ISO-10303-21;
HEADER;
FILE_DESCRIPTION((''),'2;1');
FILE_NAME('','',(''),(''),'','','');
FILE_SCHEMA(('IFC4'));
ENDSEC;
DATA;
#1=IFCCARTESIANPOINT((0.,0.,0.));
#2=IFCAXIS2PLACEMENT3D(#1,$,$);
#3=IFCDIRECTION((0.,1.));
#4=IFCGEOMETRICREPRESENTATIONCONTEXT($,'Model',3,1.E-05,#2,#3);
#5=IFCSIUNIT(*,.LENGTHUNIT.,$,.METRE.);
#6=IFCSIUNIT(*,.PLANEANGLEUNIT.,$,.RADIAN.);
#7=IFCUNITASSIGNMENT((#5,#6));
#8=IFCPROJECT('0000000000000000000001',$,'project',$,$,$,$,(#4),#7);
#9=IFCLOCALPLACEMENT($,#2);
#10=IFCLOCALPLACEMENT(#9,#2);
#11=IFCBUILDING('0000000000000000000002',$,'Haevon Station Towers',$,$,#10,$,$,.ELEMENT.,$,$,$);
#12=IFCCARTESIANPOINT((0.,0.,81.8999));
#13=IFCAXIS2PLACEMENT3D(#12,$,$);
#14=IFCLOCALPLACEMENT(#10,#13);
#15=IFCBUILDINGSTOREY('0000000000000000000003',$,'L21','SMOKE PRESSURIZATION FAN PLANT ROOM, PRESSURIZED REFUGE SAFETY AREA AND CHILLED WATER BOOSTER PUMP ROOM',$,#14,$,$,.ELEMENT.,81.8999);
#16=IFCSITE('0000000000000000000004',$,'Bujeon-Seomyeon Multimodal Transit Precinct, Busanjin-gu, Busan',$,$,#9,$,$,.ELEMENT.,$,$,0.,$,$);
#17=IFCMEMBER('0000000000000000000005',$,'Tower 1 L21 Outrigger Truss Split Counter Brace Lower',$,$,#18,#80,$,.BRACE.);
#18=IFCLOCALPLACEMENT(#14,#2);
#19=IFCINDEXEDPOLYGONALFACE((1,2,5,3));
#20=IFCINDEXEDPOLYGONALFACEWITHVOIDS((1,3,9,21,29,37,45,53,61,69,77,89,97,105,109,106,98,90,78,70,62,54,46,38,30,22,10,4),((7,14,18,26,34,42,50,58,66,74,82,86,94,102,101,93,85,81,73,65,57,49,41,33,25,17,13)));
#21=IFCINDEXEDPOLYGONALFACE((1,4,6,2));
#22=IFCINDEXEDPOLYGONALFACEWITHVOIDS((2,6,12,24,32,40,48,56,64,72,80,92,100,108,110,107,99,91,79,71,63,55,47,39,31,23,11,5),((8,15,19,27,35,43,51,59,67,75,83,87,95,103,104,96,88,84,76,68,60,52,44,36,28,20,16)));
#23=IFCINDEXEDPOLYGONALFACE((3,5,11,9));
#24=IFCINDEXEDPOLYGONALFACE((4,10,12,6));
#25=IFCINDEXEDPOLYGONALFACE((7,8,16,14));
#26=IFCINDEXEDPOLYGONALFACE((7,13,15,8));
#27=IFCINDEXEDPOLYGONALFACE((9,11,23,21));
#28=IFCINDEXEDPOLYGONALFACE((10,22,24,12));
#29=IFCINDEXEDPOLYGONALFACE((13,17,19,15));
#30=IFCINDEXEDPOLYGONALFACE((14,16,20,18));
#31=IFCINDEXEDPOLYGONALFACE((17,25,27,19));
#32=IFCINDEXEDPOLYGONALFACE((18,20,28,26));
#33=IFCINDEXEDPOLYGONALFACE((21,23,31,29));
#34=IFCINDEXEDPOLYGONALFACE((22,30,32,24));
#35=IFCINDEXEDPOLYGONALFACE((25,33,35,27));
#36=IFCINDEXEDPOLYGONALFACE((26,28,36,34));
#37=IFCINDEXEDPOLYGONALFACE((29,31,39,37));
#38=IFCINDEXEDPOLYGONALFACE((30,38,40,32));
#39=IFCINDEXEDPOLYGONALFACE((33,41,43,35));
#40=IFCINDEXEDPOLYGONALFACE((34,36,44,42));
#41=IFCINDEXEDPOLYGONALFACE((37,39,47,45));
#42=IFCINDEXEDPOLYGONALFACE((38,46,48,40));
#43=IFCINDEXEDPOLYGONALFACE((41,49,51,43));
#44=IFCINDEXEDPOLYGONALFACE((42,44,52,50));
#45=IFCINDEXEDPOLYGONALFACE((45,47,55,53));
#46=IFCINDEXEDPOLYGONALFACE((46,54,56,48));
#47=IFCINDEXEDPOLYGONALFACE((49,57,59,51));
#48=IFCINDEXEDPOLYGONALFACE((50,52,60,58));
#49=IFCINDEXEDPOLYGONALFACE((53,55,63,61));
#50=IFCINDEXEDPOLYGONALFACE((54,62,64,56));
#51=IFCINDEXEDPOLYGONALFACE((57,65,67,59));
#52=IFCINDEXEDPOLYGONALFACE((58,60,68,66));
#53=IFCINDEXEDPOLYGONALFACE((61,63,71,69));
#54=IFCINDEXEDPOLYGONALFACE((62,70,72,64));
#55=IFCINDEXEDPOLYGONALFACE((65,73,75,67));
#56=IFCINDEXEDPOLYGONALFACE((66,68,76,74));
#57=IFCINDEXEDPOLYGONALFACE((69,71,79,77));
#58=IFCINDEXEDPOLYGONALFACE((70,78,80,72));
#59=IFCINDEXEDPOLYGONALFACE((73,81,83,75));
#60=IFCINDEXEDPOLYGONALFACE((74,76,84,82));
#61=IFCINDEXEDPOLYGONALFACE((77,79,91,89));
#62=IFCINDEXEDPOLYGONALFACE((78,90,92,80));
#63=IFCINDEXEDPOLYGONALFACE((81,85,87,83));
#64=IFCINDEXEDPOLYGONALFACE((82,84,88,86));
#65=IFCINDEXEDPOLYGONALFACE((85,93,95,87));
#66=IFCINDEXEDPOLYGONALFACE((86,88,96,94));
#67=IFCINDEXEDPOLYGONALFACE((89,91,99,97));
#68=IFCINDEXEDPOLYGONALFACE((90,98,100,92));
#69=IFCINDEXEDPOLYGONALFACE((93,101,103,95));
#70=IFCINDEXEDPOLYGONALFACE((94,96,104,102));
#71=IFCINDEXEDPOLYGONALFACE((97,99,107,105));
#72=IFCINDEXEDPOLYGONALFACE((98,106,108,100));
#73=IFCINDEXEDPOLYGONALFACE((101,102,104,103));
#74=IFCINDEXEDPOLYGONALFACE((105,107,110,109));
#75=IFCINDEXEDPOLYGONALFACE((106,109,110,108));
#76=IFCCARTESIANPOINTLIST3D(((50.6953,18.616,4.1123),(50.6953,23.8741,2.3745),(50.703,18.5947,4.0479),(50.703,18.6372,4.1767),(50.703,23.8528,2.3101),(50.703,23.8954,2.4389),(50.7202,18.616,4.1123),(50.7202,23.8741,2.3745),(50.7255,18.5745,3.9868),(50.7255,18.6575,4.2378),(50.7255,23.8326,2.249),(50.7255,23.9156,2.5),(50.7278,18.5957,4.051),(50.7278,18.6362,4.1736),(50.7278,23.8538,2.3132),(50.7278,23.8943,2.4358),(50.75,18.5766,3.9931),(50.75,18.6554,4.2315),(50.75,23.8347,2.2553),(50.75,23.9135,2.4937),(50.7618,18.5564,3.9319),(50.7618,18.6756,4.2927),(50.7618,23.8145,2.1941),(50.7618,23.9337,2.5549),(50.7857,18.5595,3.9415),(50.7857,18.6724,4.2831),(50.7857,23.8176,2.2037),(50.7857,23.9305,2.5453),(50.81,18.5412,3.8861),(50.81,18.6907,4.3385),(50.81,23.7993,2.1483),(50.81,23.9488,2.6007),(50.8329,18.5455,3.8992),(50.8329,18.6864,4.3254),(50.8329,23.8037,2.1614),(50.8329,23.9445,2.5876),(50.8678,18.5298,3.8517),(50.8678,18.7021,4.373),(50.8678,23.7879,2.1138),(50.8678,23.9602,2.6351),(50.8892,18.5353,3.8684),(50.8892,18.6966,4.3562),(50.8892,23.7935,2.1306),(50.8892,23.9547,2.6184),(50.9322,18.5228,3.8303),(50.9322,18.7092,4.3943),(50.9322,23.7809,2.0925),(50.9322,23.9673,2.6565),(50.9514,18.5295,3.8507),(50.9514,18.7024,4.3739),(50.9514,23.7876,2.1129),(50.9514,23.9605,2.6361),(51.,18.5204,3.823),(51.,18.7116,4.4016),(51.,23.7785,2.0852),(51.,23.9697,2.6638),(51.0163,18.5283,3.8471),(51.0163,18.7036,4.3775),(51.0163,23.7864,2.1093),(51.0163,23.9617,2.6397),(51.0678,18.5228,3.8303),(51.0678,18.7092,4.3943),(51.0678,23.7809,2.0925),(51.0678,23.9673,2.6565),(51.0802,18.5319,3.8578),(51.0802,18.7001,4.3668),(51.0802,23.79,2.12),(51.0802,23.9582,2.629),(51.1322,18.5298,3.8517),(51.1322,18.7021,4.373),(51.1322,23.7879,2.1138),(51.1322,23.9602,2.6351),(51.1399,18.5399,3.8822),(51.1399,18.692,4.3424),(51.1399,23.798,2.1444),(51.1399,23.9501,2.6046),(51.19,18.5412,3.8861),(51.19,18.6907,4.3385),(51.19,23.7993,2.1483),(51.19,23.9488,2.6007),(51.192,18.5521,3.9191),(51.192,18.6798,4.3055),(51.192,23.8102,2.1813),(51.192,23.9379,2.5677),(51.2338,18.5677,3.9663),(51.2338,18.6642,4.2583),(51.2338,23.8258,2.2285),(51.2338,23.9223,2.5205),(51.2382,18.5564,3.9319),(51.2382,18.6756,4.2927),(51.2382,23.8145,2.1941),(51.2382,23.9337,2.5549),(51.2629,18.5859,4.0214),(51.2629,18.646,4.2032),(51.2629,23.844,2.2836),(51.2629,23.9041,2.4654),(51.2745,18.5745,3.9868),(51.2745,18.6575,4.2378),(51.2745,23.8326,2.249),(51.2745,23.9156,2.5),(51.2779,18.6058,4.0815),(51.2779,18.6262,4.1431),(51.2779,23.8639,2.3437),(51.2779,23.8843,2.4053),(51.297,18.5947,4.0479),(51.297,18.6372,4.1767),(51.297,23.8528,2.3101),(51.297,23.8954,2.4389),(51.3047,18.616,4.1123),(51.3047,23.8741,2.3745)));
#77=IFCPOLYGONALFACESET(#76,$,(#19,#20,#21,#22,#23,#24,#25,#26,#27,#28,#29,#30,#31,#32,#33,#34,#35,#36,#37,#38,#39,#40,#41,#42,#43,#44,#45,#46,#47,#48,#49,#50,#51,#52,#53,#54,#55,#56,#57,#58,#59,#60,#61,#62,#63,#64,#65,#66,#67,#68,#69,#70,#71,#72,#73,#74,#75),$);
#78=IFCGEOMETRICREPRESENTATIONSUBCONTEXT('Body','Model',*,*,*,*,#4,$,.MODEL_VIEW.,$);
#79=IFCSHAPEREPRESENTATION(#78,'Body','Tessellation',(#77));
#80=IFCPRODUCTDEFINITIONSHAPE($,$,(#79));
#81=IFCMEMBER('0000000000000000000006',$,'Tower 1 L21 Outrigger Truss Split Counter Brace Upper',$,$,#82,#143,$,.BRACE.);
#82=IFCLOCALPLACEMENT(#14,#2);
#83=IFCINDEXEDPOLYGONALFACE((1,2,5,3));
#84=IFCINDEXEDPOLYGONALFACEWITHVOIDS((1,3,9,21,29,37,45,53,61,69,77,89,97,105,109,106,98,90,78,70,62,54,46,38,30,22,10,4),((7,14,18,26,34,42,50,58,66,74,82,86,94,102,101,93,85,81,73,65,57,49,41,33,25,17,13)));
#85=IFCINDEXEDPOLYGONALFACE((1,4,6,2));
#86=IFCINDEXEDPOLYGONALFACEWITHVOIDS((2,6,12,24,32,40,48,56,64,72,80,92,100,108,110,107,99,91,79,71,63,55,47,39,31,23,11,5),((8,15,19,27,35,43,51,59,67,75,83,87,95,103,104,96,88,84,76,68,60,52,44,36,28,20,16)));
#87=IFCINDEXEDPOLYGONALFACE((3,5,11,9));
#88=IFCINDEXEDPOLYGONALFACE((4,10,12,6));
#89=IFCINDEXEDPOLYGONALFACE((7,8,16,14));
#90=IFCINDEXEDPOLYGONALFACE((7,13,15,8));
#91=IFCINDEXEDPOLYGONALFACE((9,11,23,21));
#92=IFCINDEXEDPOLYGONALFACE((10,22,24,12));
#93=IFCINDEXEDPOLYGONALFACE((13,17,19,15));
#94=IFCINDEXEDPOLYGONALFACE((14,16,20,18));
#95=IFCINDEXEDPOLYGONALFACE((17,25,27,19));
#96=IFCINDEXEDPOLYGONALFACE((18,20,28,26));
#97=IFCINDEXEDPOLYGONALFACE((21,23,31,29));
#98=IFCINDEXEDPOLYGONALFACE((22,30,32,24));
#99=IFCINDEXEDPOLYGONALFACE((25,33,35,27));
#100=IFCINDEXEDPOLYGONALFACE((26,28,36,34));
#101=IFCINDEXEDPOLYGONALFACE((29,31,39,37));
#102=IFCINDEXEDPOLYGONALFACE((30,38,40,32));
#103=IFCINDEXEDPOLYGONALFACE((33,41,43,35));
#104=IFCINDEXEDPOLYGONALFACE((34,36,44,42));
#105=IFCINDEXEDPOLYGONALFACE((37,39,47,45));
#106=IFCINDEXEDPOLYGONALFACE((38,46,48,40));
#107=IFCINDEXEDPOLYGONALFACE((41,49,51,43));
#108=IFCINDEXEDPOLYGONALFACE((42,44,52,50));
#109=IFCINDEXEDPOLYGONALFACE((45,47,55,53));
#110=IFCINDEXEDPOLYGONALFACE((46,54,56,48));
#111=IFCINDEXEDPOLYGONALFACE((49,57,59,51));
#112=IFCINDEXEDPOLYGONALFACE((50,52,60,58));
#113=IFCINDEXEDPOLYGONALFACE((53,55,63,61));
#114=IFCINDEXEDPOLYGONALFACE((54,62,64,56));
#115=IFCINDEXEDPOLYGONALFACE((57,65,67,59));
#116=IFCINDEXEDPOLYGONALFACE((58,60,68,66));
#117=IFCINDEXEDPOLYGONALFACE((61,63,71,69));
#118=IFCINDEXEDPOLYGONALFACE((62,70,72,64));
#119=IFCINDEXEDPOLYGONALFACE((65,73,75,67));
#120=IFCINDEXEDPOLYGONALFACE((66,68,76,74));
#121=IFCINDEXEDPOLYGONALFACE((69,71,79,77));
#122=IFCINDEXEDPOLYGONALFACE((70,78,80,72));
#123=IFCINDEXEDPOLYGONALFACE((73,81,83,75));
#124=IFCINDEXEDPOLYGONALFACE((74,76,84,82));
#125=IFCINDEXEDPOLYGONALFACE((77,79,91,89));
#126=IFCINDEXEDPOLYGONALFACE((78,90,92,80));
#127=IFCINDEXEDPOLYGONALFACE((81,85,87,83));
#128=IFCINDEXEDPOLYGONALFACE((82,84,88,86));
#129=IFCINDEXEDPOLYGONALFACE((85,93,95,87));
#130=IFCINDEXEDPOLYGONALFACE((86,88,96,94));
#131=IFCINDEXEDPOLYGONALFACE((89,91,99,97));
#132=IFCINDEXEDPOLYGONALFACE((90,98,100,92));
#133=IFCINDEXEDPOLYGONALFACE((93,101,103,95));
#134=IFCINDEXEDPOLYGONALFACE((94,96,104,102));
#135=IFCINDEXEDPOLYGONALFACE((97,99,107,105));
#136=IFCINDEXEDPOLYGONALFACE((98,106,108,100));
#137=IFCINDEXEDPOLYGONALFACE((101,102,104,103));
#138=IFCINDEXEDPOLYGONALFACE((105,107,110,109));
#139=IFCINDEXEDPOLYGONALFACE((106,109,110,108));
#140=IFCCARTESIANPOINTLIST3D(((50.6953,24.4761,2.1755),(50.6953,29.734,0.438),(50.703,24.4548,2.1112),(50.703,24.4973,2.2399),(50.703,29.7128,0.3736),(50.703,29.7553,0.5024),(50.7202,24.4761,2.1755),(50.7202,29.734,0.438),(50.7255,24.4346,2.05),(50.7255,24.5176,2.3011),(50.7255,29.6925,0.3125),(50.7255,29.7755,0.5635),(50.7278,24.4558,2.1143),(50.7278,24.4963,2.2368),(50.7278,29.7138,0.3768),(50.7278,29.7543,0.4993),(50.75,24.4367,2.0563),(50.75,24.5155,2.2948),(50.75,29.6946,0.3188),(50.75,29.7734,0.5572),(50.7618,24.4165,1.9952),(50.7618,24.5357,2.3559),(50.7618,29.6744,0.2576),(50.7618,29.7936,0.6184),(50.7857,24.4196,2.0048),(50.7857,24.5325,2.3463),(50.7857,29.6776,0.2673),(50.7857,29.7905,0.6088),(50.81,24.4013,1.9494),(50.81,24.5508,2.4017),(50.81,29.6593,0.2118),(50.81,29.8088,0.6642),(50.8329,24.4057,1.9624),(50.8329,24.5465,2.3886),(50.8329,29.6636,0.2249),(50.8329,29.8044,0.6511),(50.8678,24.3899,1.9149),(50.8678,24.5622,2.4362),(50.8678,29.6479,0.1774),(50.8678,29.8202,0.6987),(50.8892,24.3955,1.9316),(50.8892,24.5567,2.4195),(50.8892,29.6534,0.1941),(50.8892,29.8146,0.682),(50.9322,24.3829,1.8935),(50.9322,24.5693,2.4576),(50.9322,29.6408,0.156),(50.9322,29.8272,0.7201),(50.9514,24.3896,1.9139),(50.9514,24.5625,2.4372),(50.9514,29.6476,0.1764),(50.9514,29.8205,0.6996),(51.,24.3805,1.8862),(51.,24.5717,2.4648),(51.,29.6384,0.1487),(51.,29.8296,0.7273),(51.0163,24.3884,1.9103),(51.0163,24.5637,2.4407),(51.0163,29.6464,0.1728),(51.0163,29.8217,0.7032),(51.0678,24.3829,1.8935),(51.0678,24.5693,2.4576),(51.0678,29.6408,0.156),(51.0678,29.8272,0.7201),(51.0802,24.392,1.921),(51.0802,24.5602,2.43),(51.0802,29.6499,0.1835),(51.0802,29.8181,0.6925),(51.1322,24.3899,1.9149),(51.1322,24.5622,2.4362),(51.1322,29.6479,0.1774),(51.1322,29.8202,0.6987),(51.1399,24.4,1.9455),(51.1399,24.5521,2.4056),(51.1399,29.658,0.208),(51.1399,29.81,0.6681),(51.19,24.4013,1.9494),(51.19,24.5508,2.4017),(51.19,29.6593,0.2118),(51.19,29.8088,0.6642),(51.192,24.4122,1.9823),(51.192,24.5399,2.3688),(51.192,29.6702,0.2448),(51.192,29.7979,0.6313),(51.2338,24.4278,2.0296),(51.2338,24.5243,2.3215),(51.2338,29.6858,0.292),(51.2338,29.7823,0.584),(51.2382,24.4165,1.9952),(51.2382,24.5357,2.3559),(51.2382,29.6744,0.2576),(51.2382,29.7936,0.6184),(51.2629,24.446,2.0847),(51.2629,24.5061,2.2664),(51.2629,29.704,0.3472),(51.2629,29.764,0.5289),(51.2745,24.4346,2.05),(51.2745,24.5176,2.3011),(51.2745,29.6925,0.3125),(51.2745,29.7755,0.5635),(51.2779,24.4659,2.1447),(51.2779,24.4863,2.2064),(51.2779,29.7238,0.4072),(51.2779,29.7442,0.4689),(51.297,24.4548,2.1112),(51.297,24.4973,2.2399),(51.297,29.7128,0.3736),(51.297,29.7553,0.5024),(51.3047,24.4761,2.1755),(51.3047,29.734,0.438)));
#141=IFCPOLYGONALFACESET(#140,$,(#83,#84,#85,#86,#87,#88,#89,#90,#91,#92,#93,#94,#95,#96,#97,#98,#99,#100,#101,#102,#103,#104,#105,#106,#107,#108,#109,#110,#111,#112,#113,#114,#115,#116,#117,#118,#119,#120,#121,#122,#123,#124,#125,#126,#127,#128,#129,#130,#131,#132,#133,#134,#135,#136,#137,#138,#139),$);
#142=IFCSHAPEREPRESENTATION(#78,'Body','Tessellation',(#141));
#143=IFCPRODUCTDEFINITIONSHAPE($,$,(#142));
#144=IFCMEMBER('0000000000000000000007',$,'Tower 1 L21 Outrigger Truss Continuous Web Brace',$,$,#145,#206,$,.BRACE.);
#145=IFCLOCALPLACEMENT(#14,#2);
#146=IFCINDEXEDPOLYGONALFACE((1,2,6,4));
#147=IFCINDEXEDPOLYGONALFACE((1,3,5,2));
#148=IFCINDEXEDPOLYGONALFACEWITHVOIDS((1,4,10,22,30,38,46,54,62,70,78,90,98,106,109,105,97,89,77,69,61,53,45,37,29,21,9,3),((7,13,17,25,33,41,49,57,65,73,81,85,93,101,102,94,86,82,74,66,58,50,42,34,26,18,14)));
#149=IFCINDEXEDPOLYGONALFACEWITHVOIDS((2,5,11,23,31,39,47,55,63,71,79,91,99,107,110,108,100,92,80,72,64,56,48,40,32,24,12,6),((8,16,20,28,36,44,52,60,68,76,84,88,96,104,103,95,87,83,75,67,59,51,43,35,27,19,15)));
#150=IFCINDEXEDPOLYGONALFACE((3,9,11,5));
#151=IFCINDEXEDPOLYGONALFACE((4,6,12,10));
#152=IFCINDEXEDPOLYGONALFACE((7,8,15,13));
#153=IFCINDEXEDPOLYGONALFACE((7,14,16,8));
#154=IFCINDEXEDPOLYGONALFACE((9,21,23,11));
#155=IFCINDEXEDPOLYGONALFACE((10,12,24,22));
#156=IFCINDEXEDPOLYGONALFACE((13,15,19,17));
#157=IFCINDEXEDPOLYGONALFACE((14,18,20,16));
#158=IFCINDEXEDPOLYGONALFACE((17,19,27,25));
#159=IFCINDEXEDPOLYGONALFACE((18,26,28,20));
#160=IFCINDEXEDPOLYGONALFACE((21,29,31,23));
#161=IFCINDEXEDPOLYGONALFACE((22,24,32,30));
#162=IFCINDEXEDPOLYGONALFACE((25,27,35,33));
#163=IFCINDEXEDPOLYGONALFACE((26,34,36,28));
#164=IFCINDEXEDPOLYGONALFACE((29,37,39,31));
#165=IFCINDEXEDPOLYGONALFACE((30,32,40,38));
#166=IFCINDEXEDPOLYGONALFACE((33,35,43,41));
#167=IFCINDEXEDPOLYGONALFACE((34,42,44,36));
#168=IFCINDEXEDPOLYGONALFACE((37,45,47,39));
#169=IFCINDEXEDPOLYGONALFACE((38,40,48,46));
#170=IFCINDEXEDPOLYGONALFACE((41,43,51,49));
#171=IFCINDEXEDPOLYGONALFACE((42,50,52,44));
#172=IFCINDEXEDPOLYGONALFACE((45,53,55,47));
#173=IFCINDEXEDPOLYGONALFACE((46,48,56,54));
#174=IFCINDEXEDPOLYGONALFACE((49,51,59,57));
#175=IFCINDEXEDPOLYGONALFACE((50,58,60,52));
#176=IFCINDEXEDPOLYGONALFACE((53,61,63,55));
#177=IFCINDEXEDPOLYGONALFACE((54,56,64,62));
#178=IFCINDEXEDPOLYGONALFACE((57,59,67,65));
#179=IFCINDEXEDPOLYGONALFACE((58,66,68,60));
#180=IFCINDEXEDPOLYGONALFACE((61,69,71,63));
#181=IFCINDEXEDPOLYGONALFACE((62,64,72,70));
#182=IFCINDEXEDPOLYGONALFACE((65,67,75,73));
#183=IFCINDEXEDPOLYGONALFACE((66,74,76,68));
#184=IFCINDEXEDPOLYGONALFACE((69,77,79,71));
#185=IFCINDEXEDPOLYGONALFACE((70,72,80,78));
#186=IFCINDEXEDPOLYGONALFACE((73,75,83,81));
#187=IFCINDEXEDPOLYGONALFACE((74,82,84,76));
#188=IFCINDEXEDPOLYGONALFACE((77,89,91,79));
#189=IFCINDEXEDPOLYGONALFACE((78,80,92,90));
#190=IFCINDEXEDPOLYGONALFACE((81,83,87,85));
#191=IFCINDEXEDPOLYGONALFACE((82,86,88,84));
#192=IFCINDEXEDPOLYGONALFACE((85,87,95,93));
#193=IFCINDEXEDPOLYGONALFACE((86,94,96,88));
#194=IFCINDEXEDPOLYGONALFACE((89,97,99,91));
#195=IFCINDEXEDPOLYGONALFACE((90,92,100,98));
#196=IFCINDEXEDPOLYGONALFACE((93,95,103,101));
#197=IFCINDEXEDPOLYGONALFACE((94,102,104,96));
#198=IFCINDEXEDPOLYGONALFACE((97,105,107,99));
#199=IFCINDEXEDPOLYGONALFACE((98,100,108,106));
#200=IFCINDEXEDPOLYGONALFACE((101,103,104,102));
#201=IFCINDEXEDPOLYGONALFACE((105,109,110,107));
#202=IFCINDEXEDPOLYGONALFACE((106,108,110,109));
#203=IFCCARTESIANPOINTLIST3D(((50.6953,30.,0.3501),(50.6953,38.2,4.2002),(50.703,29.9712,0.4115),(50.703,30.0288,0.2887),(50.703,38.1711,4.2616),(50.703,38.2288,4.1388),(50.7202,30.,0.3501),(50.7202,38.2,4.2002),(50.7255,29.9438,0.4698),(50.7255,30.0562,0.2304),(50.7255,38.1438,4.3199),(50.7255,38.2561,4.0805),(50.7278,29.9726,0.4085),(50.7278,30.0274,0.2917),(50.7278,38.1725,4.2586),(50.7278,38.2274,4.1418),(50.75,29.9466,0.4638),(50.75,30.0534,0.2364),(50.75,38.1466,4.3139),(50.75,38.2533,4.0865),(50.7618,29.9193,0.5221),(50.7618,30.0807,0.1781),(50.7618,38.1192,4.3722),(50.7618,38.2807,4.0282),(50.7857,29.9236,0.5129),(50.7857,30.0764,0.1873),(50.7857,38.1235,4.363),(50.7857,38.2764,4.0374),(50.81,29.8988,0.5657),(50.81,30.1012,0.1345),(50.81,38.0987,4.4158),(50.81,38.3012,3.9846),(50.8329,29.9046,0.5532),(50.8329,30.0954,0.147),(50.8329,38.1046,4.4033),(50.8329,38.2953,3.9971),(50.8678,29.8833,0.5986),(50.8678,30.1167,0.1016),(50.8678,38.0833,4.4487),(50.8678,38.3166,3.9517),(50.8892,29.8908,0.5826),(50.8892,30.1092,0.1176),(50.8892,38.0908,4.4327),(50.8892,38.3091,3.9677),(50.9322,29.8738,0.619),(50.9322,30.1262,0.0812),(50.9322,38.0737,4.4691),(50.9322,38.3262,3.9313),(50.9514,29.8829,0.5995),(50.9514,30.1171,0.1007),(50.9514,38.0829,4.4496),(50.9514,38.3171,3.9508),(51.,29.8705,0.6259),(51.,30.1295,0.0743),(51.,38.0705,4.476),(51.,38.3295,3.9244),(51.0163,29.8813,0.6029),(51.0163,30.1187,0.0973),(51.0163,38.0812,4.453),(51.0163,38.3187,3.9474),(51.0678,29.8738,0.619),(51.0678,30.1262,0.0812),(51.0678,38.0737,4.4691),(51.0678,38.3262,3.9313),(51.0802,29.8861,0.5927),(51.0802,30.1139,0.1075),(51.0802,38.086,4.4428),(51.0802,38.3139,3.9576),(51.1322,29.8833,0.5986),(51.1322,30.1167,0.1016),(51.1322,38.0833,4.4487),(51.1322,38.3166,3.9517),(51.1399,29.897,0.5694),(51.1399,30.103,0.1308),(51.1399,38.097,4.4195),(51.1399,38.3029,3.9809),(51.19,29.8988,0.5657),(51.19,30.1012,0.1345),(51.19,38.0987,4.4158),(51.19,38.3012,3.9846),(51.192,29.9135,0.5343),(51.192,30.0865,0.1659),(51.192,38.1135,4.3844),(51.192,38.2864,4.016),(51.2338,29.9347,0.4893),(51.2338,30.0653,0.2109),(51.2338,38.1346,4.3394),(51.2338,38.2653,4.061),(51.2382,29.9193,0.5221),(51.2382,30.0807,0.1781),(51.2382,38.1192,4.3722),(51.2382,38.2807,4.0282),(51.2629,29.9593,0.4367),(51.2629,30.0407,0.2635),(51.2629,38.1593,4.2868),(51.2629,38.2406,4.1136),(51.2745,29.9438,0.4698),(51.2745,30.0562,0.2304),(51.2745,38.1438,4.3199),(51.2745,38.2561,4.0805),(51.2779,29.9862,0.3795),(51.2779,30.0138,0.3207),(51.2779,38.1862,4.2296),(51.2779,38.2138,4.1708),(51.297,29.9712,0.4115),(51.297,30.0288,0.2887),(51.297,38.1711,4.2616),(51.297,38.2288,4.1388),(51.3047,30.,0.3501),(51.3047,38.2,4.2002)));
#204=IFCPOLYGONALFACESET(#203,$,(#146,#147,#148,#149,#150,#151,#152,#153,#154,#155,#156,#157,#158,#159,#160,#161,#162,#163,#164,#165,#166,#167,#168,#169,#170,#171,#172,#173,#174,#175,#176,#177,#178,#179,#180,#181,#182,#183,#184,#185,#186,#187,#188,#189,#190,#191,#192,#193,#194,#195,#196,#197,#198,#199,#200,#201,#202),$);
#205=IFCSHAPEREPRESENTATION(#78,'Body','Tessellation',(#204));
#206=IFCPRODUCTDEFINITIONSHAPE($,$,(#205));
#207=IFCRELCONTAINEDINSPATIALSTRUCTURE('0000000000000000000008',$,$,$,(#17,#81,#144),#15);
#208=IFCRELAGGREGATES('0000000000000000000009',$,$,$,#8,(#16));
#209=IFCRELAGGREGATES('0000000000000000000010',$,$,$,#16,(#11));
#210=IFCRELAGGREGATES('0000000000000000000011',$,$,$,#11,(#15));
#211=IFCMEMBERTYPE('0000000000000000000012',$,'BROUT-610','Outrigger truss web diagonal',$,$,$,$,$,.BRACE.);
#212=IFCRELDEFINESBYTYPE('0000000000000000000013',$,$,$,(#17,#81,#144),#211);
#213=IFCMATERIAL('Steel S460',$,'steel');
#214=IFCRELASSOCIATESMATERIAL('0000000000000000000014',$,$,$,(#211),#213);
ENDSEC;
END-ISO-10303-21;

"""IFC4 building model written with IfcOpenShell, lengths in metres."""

from ifc_helpers import new_model, si_unit, direction, frame, origin, origin_2d, place, context, subcontext, project, spatial, hollow_circle, extrude, material, material_profile, profile_set, type_object, element, save


model = new_model("IFC4")

# Units and contexts
model_context = context("Model", 3, precision=1e-05, world=origin(), true_north=direction((0.0, 1.0)))
body_context = subcontext(model_context, "Body", "Model", "MODEL_VIEW")
ifc_project = project(units=[si_unit("LENGTHUNIT", "METRE"), si_unit("PLANEANGLEUNIT", "RADIAN")], contexts=[model_context])

# Site, building, storey
site_placement = place(None, origin())
site = spatial("IfcSite", under=ifc_project, at=site_placement, Name="Bujeon-Seomyeon Multimodal Transit Precinct, Busanjin-gu, Busan", CompositionType="ELEMENT", RefElevation=0.0)
building_placement = place(site_placement, origin())
building = spatial("IfcBuilding", under=site, at=building_placement, Name="Haevon Station Towers", CompositionType="ELEMENT")
storey_placement = place(building_placement, frame((0.0, 0.0, 81.8999)))
storey = spatial("IfcBuildingStorey", under=building, at=storey_placement, Name="L21", Description="SMOKE PRESSURIZATION FAN PLANT ROOM, PRESSURIZED REFUGE SAFETY AREA AND CHILLED WATER BOOSTER PUMP ROOM", CompositionType="ELEMENT", Elevation=81.8999)

# Shared definitions
ifc_material_1 = material(Name="Steel S460", Category="steel")

# Members
ifc_material_profile_1 = material_profile(ifc_material_1, hollow_circle(Radius=0.3047, WallThickness=0.0249, at=origin_2d()), Name="CHS-609.6x25")
ifc_profile_set_1 = profile_set([ifc_material_profile_1], Name="Steel S460")
member_type_1 = type_object("IfcMemberType", Name="BROUT-610", Description="Outrigger truss web diagonal", PredefinedType="BRACE", material=ifc_profile_set_1)
member_1_placement = place(storey_placement, frame((51.0, 18.616, 4.1123), z_axis=(0.0, 0.949487, -0.313806), x_axis=(-1.0, 0.0, 0.0)))
element("IfcMember", 1, at=member_1_placement, inside=storey, type_object=member_type_1, Name="Tower 1 L21 Outrigger Truss Split Counter Brace Lower", PredefinedType="BRACE", context=body_context, shape_type="SweptSolid", body=[
    extrude(hollow_circle(Radius=0.3047, WallThickness=0.0249, at=origin_2d()), origin(), (0.0, 0.0, 1.0), 5.5378),
])
member_2_placement = place(storey_placement, frame((51.0, 24.4761, 2.1755), z_axis=(0.0, 0.9495, -0.313767), x_axis=(-1.0, 0.0, 0.0)))
element("IfcMember", 2, at=member_2_placement, inside=storey, type_object=member_type_1, Name="Tower 1 L21 Outrigger Truss Split Counter Brace Upper", PredefinedType="BRACE", context=body_context, shape_type="SweptSolid", body=[
    extrude(hollow_circle(Radius=0.3047, WallThickness=0.0249, at=origin_2d()), origin(), (0.0, 0.0, 1.0), 5.5376),
])
member_3_placement = place(storey_placement, frame((51.0, 30.0, 0.3501), z_axis=(0.0, 0.905188, 0.42501), x_axis=(-1.0, 0.0, 0.0)))
element("IfcMember", 3, at=member_3_placement, inside=storey, type_object=member_type_1, Name="Tower 1 L21 Outrigger Truss Continuous Web Brace", PredefinedType="BRACE", context=body_context, shape_type="SweptSolid", body=[
    extrude(hollow_circle(Radius=0.3047, WallThickness=0.0249, at=origin_2d()), origin(), (0.0, 0.0, 1.0), 9.0588),
])

save(model, "model.ifc")
